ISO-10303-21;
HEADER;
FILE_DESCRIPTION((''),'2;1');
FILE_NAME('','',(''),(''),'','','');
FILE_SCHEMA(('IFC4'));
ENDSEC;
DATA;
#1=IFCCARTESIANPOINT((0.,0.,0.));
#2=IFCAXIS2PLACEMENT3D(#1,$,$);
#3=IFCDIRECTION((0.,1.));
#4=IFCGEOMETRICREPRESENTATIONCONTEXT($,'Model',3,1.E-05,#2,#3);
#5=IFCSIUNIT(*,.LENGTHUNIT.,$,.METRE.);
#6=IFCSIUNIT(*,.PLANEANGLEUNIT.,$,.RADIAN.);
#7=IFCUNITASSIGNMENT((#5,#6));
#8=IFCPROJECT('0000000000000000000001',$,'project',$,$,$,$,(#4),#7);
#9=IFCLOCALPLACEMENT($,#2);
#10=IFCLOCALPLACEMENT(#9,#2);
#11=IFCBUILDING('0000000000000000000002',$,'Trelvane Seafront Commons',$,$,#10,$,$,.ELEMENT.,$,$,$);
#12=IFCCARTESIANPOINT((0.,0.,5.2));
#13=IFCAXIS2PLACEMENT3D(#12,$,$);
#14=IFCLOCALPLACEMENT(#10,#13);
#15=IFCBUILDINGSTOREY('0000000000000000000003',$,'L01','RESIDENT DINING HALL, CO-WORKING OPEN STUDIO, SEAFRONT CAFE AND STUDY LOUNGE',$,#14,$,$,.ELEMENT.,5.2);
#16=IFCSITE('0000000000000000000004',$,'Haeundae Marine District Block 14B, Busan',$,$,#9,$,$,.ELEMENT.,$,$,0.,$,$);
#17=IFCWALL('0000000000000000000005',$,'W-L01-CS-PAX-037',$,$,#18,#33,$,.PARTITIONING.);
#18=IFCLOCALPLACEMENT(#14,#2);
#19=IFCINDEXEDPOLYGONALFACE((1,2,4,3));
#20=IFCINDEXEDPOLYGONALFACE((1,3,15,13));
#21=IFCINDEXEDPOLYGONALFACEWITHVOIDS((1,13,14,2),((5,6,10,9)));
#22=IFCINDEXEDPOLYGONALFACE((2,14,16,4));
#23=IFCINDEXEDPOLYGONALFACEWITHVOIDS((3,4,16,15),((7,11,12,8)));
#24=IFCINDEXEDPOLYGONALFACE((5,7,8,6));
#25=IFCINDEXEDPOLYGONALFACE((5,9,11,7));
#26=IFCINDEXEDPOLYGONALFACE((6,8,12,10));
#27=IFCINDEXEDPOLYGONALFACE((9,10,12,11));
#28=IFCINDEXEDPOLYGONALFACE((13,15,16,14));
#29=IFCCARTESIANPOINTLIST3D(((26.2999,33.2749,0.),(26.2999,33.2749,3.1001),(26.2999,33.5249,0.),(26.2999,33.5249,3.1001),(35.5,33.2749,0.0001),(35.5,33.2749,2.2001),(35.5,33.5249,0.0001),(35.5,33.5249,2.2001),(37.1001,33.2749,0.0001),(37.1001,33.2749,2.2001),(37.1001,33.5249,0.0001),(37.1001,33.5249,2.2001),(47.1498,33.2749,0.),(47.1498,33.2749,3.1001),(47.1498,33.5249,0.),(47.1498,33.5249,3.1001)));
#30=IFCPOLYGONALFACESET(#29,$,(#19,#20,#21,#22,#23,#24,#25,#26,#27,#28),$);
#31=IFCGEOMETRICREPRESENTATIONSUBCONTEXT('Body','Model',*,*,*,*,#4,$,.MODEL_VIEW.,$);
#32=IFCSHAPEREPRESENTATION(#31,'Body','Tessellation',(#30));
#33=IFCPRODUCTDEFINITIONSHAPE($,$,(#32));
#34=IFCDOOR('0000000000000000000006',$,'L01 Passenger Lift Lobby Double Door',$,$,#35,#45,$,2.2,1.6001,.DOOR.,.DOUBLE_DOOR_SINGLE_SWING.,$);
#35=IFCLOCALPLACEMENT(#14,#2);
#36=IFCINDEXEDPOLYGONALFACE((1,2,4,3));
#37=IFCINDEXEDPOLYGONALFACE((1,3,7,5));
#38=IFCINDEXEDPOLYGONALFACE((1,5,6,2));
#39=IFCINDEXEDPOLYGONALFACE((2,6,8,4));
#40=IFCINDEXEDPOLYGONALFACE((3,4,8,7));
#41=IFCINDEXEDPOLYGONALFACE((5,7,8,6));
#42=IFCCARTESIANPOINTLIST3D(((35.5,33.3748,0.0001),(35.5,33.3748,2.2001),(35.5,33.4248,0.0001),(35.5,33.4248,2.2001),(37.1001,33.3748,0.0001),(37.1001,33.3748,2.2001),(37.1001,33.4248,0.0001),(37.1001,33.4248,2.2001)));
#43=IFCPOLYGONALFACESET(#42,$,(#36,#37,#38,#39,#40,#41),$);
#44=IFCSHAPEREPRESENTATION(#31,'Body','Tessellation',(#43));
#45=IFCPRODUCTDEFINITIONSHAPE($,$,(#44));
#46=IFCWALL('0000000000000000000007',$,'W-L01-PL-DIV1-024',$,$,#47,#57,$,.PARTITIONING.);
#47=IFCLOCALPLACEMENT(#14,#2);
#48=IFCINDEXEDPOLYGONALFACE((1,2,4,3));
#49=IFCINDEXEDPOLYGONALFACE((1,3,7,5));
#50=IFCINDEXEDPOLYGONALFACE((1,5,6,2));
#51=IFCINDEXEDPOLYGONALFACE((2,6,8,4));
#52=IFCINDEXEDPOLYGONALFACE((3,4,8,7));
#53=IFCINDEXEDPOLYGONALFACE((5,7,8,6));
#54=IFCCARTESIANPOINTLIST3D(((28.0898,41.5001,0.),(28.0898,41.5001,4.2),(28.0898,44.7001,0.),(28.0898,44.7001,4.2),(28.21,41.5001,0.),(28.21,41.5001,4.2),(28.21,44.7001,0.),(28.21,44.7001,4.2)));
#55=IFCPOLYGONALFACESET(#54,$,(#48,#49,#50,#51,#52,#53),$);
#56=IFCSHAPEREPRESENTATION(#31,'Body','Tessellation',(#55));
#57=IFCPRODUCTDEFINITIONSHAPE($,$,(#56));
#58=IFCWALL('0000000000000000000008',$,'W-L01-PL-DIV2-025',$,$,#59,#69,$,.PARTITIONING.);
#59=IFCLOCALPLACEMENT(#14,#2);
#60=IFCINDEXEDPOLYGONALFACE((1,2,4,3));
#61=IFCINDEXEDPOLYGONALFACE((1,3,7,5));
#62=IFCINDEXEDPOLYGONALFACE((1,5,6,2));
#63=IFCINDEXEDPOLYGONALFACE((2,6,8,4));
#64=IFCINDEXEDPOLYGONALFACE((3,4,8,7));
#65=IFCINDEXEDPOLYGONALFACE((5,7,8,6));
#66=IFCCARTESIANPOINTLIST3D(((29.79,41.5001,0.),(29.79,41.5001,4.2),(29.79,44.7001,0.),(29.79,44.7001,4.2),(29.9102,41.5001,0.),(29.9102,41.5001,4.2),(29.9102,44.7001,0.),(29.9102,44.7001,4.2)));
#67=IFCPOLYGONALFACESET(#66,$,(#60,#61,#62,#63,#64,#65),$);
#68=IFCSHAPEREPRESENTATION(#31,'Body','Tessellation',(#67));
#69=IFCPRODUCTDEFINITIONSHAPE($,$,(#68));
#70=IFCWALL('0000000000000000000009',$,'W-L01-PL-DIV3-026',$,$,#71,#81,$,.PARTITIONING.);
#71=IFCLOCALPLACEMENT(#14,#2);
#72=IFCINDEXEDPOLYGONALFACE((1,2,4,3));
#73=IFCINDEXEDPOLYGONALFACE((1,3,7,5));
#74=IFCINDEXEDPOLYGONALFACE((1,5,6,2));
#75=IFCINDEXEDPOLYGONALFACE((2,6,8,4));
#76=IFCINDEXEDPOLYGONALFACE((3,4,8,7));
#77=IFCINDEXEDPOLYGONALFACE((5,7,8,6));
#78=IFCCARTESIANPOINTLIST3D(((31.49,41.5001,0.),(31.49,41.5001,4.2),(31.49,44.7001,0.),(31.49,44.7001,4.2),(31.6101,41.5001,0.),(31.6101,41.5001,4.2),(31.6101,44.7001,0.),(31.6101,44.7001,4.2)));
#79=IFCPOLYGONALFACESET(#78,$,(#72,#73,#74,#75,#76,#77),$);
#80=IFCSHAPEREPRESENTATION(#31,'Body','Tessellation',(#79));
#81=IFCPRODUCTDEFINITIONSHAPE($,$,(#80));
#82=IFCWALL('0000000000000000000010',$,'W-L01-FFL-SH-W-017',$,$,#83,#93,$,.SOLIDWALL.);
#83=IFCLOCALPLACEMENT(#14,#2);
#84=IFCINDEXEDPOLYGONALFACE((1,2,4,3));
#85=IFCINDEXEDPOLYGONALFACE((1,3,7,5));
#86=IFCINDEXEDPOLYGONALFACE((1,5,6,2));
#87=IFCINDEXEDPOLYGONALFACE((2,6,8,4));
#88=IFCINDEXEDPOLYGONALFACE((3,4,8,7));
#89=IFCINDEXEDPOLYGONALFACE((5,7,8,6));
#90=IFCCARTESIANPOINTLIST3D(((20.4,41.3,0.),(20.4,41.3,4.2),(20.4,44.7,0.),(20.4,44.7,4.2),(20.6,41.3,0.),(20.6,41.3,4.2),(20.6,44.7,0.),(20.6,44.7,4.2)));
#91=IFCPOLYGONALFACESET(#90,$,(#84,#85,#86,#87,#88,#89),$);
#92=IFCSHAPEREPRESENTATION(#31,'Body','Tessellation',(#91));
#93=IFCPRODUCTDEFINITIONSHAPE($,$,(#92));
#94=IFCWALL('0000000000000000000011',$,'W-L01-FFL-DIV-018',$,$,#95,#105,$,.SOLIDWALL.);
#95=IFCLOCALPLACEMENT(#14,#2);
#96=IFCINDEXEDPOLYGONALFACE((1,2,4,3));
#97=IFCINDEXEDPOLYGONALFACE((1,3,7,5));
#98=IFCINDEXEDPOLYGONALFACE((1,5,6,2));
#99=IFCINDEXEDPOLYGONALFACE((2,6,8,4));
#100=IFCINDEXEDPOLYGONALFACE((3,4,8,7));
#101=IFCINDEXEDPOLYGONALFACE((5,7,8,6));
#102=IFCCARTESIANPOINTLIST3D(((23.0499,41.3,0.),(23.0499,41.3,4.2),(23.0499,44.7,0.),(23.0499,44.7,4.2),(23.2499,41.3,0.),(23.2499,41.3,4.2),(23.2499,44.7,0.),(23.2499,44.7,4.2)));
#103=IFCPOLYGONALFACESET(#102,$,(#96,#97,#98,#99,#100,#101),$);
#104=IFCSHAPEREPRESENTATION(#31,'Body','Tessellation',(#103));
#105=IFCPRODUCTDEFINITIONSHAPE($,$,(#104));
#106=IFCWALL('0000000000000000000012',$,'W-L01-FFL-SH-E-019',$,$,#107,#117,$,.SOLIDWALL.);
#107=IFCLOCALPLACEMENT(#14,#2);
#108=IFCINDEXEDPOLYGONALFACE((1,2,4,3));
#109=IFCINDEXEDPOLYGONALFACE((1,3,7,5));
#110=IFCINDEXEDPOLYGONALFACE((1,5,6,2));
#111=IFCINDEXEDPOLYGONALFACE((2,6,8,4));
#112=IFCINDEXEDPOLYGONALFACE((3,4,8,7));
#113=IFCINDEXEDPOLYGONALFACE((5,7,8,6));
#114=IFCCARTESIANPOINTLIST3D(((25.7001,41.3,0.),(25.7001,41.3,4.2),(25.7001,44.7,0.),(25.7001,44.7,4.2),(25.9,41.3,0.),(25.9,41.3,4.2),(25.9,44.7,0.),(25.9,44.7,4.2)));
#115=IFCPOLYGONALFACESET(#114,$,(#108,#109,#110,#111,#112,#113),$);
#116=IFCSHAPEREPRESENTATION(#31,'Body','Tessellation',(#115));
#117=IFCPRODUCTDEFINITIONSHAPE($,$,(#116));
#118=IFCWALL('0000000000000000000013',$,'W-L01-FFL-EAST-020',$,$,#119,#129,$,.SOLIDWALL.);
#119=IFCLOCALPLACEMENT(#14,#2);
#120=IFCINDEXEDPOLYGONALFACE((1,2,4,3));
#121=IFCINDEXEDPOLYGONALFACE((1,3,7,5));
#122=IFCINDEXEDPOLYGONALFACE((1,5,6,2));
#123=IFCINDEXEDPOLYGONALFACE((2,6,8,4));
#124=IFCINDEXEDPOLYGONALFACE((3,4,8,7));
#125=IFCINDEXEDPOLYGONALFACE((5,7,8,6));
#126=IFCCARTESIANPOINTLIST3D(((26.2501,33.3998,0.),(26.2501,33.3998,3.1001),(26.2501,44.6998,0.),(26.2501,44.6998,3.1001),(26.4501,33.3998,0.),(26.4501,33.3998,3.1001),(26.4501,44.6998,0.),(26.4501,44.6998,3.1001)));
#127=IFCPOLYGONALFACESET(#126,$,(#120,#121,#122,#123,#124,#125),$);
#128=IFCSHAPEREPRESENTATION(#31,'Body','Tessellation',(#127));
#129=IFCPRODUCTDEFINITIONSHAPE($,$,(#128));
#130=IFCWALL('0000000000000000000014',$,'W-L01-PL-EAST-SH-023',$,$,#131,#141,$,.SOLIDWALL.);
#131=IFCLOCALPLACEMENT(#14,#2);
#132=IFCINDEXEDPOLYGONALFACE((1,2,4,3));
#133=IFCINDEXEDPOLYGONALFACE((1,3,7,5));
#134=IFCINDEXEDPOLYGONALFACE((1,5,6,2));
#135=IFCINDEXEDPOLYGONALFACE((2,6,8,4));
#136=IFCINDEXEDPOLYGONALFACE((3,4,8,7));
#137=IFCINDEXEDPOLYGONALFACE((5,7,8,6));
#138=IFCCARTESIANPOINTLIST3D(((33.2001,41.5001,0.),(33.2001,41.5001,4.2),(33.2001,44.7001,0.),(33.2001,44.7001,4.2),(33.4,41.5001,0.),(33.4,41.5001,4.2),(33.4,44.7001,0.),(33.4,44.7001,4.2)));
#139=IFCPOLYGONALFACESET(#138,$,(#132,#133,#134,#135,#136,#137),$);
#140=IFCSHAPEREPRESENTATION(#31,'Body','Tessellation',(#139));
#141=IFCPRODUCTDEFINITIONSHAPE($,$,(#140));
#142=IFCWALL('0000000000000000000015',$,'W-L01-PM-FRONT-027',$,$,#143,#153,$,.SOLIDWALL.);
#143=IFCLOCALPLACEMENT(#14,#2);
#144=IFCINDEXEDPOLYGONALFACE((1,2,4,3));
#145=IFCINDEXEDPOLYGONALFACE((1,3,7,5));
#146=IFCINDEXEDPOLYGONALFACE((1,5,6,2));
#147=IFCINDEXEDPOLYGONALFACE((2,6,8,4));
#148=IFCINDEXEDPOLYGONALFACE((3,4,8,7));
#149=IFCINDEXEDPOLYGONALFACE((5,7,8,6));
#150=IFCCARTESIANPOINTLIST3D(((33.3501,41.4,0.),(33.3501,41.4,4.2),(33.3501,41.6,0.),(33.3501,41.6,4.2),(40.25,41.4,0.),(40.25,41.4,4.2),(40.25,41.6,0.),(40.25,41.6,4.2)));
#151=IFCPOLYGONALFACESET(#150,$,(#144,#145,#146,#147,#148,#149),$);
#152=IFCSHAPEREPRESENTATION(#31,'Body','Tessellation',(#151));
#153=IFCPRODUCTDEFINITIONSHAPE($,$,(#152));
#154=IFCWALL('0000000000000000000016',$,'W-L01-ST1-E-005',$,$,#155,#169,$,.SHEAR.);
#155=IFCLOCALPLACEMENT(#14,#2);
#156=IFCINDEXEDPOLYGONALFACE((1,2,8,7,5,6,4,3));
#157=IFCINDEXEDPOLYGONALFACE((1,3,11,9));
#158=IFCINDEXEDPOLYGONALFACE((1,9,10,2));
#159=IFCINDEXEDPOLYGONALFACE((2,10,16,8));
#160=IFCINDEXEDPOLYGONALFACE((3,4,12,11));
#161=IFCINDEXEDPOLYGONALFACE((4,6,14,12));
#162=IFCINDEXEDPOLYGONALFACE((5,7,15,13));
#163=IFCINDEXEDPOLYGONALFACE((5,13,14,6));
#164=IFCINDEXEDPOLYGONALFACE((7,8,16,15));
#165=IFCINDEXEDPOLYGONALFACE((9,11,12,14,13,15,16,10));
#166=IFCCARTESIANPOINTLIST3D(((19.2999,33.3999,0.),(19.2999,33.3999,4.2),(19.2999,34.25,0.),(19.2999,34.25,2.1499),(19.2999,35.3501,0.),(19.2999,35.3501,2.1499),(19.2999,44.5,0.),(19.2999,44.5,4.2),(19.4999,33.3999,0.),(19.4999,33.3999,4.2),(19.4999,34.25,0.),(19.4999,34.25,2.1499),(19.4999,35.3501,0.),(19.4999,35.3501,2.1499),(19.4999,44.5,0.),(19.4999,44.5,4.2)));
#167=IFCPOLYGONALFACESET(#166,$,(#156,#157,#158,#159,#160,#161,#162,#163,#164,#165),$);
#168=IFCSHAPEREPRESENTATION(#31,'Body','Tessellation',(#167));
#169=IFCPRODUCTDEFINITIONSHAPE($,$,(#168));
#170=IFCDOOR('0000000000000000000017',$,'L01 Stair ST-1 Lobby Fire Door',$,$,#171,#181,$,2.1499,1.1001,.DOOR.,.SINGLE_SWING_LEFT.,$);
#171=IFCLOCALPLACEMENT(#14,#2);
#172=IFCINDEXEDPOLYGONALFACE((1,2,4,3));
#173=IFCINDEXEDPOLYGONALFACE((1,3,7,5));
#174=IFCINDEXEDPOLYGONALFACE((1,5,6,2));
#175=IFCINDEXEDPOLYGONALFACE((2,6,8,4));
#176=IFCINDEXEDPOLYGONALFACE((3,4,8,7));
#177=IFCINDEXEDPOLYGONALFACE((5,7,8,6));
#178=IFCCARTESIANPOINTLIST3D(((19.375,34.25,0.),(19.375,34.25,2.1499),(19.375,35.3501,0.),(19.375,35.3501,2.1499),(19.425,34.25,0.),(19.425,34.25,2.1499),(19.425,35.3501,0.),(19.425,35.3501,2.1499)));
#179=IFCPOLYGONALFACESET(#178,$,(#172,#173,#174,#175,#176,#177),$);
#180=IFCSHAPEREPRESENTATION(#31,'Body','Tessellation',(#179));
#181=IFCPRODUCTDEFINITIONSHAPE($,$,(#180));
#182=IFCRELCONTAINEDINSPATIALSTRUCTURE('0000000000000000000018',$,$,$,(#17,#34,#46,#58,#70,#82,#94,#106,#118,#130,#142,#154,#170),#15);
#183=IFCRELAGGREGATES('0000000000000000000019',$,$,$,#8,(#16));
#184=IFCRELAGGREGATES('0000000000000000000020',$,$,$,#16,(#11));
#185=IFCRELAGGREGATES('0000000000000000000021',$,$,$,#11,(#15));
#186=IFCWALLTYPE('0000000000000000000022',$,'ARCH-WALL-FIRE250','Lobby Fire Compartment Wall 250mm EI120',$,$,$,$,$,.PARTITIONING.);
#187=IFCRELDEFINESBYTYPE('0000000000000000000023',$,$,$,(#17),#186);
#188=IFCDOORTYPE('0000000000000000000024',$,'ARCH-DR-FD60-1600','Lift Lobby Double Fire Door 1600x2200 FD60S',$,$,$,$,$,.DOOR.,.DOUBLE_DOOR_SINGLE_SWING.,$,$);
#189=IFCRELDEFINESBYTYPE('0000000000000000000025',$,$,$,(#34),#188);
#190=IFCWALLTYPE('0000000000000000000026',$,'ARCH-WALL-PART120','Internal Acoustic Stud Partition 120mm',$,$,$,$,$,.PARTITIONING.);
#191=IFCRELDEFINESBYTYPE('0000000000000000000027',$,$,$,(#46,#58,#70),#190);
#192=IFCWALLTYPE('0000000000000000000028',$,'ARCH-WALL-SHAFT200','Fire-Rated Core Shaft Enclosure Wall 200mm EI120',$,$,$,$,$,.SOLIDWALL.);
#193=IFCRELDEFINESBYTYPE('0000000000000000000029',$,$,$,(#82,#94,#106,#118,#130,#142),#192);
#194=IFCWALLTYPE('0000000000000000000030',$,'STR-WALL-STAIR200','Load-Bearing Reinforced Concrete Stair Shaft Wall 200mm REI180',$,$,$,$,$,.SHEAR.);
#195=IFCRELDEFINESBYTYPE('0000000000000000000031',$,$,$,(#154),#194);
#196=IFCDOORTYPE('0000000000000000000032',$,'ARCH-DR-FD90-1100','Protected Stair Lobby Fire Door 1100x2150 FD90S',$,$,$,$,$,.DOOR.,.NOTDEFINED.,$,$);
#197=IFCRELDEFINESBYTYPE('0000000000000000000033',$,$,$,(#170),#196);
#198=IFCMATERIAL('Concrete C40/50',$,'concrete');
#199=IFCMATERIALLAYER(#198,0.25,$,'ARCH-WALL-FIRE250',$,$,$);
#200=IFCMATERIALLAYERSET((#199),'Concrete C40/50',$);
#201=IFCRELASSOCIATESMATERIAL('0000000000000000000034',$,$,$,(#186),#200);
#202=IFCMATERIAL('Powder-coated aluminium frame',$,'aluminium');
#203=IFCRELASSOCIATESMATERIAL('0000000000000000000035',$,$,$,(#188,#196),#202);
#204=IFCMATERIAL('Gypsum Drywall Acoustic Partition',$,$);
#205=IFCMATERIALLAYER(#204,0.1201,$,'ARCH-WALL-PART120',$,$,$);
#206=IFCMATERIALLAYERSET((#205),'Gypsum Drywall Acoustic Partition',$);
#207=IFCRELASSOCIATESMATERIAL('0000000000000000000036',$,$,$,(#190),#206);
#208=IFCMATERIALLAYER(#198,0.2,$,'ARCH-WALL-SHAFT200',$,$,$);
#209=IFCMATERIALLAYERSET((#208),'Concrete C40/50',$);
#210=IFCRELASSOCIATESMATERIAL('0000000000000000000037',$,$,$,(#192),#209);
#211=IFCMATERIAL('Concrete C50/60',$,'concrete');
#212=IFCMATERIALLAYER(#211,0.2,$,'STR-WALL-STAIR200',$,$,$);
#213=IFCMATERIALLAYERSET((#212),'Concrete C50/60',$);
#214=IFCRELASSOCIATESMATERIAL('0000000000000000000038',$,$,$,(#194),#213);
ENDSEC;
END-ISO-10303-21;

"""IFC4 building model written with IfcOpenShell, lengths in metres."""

from ifc_helpers import new_model, si_unit, direction, frame, frame_2d, origin, place, context, subcontext, project, spatial, rectangle, extrude, source, transform, mapped, material, layer, layer_set, type_object, element, fill, save


model = new_model("IFC4")

# Units and contexts
model_context = context("Model", 3, precision=1e-05, world=origin(), true_north=direction((0.0, 1.0)))
body_context = subcontext(model_context, "Body", "Model", "MODEL_VIEW")
ifc_project = project(units=[si_unit("LENGTHUNIT", "METRE"), si_unit("PLANEANGLEUNIT", "RADIAN")], contexts=[model_context])

# Site, building, storey
site_placement = place(None, origin())
site = spatial("IfcSite", under=ifc_project, at=site_placement, Name="Haeundae Marine District Block 14B, Busan", CompositionType="ELEMENT", RefElevation=0.0)
building_placement = place(site_placement, origin())
building = spatial("IfcBuilding", under=site, at=building_placement, Name="Trelvane Seafront Commons", CompositionType="ELEMENT")
storey_placement = place(building_placement, frame((0.0, 0.0, 5.2)))
storey = spatial("IfcBuildingStorey", under=building, at=storey_placement, Name="L01", Description="RESIDENT DINING HALL, CO-WORKING OPEN STUDIO, SEAFRONT CAFE AND STUDY LOUNGE", CompositionType="ELEMENT", Elevation=5.2)

# Shared definitions
ifc_material_1 = material(Name="Concrete C50/60", Category="concrete")

# Wall, opening, door
ifc_material_2 = material(Name="Concrete C40/50", Category="concrete")
ifc_layer_1 = layer(ifc_material_2, 0.25, Name="ARCH-WALL-FIRE250")
ifc_layer_set_1 = layer_set([ifc_layer_1], Name="Concrete C40/50")
wall_type_1 = type_object("IfcWallType", Name="ARCH-WALL-FIRE250", Description="Lobby Fire Compartment Wall 250mm EI120", PredefinedType="PARTITIONING", material=ifc_layer_set_1)
ifc_material_3 = material(Name="Powder-coated aluminium frame", Category="aluminium")
door_type_1 = type_object("IfcDoorType", Name="ARCH-DR-FD60-1600", Description="Lift Lobby Double Fire Door 1600x2200 FD60S", OperationType="DOUBLE_DOOR_SINGLE_SWING", PredefinedType="DOOR", material=ifc_material_3)
shared_shape_1 = source(origin(), body_context, "Body", "SweptSolid", [
    extrude(rectangle(XDim=1.6001, YDim=2.2, at=frame_2d((0.8, 1.1001))), frame((0.0, 0.0249, 0.0), z_axis=(0.0, -1.0, 0.0), x_axis=(1.0, 0.0, 0.0)), (0.0, 0.0, 1.0), 0.05),
])
wall_1_placement = place(storey_placement, frame((26.3, 33.3999, 0.0), z_axis=(0.0, 0.0, 1.0), x_axis=(1.0, 0.0, 0.0)))
wall_1 = element("IfcWall", 1, at=wall_1_placement, inside=storey, type_object=wall_type_1, Name="W-L01-CS-PAX-037", PredefinedType="PARTITIONING", context=body_context, shape_type="SweptSolid", body=[
    extrude(rectangle(XDim=20.8499, YDim=0.25, at=frame_2d((10.4248, 0.0))), origin(), (0.0, 0.0, 1.0), 3.1001),
])
opening_1_placement = place(wall_1_placement, frame((9.2, 0.0, 0.0)))
opening_1 = element("IfcOpeningElement", 2, at=opening_1_placement, cuts=wall_1, PredefinedType="OPENING", context=body_context, shape_type="SweptSolid", body=[
    extrude(rectangle(XDim=1.6001, YDim=2.2, at=frame_2d((0.8, 1.1001))), frame((0.0, 0.135, 0.0), z_axis=(0.0, -1.0, 0.0), x_axis=(1.0, 0.0, 0.0)), (0.0, 0.0, 1.0), 0.27),
])
door_1_placement = place(opening_1_placement, origin())
door_1 = element("IfcDoor", 3, at=door_1_placement, inside=storey, type_object=door_type_1, Name="L01 Passenger Lift Lobby Double Door", OperationType="DOUBLE_DOOR_SINGLE_SWING", OverallHeight=2.2, OverallWidth=1.6001, PredefinedType="DOOR", context=body_context, shape_type="MappedRepresentation", body=[
    mapped(shared_shape_1, transform((0.0, 0.0, 0.0), x_axis=(1.0, 0.0, 0.0), y_axis=(0.0, 1.0, 0.0), z_axis=(0.0, 0.0, 1.0), scale=1.0)),
])
fill(opening_1, door_1)

# Walls
ifc_material_4 = material(Name="Gypsum Drywall Acoustic Partition")
ifc_layer_2 = layer(ifc_material_4, 0.1201, Name="ARCH-WALL-PART120")
ifc_layer_set_2 = layer_set([ifc_layer_2], Name="Gypsum Drywall Acoustic Partition")
wall_type_2 = type_object("IfcWallType", Name="ARCH-WALL-PART120", Description="Internal Acoustic Stud Partition 120mm", PredefinedType="PARTITIONING", material=ifc_layer_set_2)
for number, where, z_axis, x_axis, name in (
    (4, (28.1499, 41.5, 0.0), (0.0, 0.0, 1.0), (0.0, 1.0, 0.0), "W-L01-PL-DIV1-024"),
    (5, (29.8501, 41.5, 0.0), (0.0, 0.0, 1.0), (0.0, 1.0, 0.0), "W-L01-PL-DIV2-025"),
    (6, (31.55, 41.5, 0.0), (0.0, 0.0, 1.0), (0.0, 1.0, 0.0), "W-L01-PL-DIV3-026"),
):
    element("IfcWall", number, at=place(storey_placement, frame(where, z_axis=z_axis, x_axis=x_axis)), inside=storey, type_object=wall_type_2, Name=name, PredefinedType="PARTITIONING", context=body_context, shape_type="SweptSolid", body=[
        extrude(rectangle(XDim=3.2, YDim=0.1201, at=frame_2d((1.6001, 0.0))), origin(), (0.0, 0.0, 1.0), 4.2),
    ])

# Shared definitions
ifc_layer_3 = layer(ifc_material_2, 0.2, Name="ARCH-WALL-SHAFT200")
ifc_layer_set_3 = layer_set([ifc_layer_3], Name="Concrete C40/50")
wall_type_3 = type_object("IfcWallType", Name="ARCH-WALL-SHAFT200", Description="Fire-Rated Core Shaft Enclosure Wall 200mm EI120", PredefinedType="SOLIDWALL", material=ifc_layer_set_3)
shared_shape_2 = source(origin(), body_context, "Body", "SweptSolid", [
    extrude(rectangle(XDim=1.1001, YDim=2.1499, at=frame_2d((0.55, 1.075))), frame((0.0, 0.0249, 0.0), z_axis=(0.0, -1.0, 0.0), x_axis=(1.0, 0.0, 0.0)), (0.0, 0.0, 1.0), 0.05),
])

# Walls
for number, where, z_axis, x_axis, name in (
    (7, (20.5, 41.3, 0.0), (0.0, 0.0, 1.0), (0.0, 1.0, 0.0), "W-L01-FFL-SH-W-017"),
    (8, (23.1499, 41.3, 0.0), (0.0, 0.0, 1.0), (0.0, 1.0, 0.0), "W-L01-FFL-DIV-018"),
    (9, (25.8, 41.3, 0.0), (0.0, 0.0, 1.0), (0.0, 1.0, 0.0), "W-L01-FFL-SH-E-019"),
):
    element("IfcWall", number, at=place(storey_placement, frame(where, z_axis=z_axis, x_axis=x_axis)), inside=storey, type_object=wall_type_3, Name=name, PredefinedType="SOLIDWALL", context=body_context, shape_type="SweptSolid", body=[
        extrude(rectangle(XDim=3.3999, YDim=0.2, at=frame_2d((1.7, 0.0))), origin(), (0.0, 0.0, 1.0), 4.2),
    ])
wall_2_placement = place(storey_placement, frame((26.3501, 33.3999, 0.0), z_axis=(0.0, 0.0, 1.0), x_axis=(0.0, 1.0, 0.0)))
element("IfcWall", 10, at=wall_2_placement, inside=storey, type_object=wall_type_3, Name="W-L01-FFL-EAST-020", PredefinedType="SOLIDWALL", context=body_context, shape_type="SweptSolid", body=[
    extrude(rectangle(XDim=11.3, YDim=0.2, at=frame_2d((5.6499, 0.0))), origin(), (0.0, 0.0, 1.0), 3.1001),
])

# Walls
wall_3_placement = place(storey_placement, frame((33.3, 41.5, 0.0), z_axis=(0.0, 0.0, 1.0), x_axis=(0.0, 1.0, 0.0)))
element("IfcWall", 11, at=wall_3_placement, inside=storey, type_object=wall_type_3, Name="W-L01-PL-EAST-SH-023", PredefinedType="SOLIDWALL", context=body_context, shape_type="SweptSolid", body=[
    extrude(rectangle(XDim=3.2, YDim=0.2, at=frame_2d((1.6001, 0.0))), origin(), (0.0, 0.0, 1.0), 4.2),
])
wall_4_placement = place(storey_placement, frame((33.3501, 41.5, 0.0), z_axis=(0.0, 0.0, 1.0), x_axis=(1.0, 0.0, 0.0)))
element("IfcWall", 12, at=wall_4_placement, inside=storey, type_object=wall_type_3, Name="W-L01-PM-FRONT-027", PredefinedType="SOLIDWALL", context=body_context, shape_type="SweptSolid", body=[
    extrude(rectangle(XDim=6.8999, YDim=0.2, at=frame_2d((3.45, 0.0))), origin(), (0.0, 0.0, 1.0), 4.2),
])

# Wall, opening, door
ifc_layer_4 = layer(ifc_material_1, 0.2, Name="STR-WALL-STAIR200")
ifc_layer_set_4 = layer_set([ifc_layer_4], Name="Concrete C50/60")
wall_type_4 = type_object("IfcWallType", Name="STR-WALL-STAIR200", Description="Load-Bearing Reinforced Concrete Stair Shaft Wall 200mm REI180", PredefinedType="SHEAR", material=ifc_layer_set_4)
wall_5_placement = place(storey_placement, frame((19.3999, 33.3999, 0.0), z_axis=(0.0, 0.0, 1.0), x_axis=(0.0, 1.0, 0.0)))
wall_5 = element("IfcWall", 13, at=wall_5_placement, inside=storey, type_object=wall_type_4, Name="W-L01-ST1-E-005", PredefinedType="SHEAR", context=body_context, shape_type="SweptSolid", body=[
    extrude(rectangle(XDim=11.1001, YDim=0.2, at=frame_2d((5.55, 0.0))), origin(), (0.0, 0.0, 1.0), 4.2),
])
opening_2_placement = place(wall_5_placement, frame((0.8501, 0.0, 0.0)))
opening_2 = element("IfcOpeningElement", 14, at=opening_2_placement, cuts=wall_5, PredefinedType="OPENING", context=body_context, shape_type="SweptSolid", body=[
    extrude(rectangle(XDim=1.1001, YDim=2.1499, at=frame_2d((0.55, 1.075))), frame((0.0, 0.1099, 0.0), z_axis=(0.0, -1.0, 0.0), x_axis=(1.0, 0.0, 0.0)), (0.0, 0.0, 1.0), 0.22),
])
door_type_2 = type_object("IfcDoorType", Name="ARCH-DR-FD90-1100", Description="Protected Stair Lobby Fire Door 1100x2150 FD90S", OperationType="NOTDEFINED", PredefinedType="DOOR", material=ifc_material_3)
door_2_placement = place(opening_2_placement, origin())
door_2 = element("IfcDoor", 15, at=door_2_placement, inside=storey, type_object=door_type_2, Name="L01 Stair ST-1 Lobby Fire Door", OperationType="SINGLE_SWING_LEFT", OverallHeight=2.1499, OverallWidth=1.1001, PredefinedType="DOOR", context=body_context, shape_type="MappedRepresentation", body=[
    mapped(shared_shape_2, transform((0.0, 0.0, 0.0), x_axis=(1.0, 0.0, 0.0), y_axis=(0.0, 1.0, 0.0), z_axis=(0.0, 0.0, 1.0), scale=1.0)),
])
fill(opening_2, door_2)

save(model, "model.ifc")
